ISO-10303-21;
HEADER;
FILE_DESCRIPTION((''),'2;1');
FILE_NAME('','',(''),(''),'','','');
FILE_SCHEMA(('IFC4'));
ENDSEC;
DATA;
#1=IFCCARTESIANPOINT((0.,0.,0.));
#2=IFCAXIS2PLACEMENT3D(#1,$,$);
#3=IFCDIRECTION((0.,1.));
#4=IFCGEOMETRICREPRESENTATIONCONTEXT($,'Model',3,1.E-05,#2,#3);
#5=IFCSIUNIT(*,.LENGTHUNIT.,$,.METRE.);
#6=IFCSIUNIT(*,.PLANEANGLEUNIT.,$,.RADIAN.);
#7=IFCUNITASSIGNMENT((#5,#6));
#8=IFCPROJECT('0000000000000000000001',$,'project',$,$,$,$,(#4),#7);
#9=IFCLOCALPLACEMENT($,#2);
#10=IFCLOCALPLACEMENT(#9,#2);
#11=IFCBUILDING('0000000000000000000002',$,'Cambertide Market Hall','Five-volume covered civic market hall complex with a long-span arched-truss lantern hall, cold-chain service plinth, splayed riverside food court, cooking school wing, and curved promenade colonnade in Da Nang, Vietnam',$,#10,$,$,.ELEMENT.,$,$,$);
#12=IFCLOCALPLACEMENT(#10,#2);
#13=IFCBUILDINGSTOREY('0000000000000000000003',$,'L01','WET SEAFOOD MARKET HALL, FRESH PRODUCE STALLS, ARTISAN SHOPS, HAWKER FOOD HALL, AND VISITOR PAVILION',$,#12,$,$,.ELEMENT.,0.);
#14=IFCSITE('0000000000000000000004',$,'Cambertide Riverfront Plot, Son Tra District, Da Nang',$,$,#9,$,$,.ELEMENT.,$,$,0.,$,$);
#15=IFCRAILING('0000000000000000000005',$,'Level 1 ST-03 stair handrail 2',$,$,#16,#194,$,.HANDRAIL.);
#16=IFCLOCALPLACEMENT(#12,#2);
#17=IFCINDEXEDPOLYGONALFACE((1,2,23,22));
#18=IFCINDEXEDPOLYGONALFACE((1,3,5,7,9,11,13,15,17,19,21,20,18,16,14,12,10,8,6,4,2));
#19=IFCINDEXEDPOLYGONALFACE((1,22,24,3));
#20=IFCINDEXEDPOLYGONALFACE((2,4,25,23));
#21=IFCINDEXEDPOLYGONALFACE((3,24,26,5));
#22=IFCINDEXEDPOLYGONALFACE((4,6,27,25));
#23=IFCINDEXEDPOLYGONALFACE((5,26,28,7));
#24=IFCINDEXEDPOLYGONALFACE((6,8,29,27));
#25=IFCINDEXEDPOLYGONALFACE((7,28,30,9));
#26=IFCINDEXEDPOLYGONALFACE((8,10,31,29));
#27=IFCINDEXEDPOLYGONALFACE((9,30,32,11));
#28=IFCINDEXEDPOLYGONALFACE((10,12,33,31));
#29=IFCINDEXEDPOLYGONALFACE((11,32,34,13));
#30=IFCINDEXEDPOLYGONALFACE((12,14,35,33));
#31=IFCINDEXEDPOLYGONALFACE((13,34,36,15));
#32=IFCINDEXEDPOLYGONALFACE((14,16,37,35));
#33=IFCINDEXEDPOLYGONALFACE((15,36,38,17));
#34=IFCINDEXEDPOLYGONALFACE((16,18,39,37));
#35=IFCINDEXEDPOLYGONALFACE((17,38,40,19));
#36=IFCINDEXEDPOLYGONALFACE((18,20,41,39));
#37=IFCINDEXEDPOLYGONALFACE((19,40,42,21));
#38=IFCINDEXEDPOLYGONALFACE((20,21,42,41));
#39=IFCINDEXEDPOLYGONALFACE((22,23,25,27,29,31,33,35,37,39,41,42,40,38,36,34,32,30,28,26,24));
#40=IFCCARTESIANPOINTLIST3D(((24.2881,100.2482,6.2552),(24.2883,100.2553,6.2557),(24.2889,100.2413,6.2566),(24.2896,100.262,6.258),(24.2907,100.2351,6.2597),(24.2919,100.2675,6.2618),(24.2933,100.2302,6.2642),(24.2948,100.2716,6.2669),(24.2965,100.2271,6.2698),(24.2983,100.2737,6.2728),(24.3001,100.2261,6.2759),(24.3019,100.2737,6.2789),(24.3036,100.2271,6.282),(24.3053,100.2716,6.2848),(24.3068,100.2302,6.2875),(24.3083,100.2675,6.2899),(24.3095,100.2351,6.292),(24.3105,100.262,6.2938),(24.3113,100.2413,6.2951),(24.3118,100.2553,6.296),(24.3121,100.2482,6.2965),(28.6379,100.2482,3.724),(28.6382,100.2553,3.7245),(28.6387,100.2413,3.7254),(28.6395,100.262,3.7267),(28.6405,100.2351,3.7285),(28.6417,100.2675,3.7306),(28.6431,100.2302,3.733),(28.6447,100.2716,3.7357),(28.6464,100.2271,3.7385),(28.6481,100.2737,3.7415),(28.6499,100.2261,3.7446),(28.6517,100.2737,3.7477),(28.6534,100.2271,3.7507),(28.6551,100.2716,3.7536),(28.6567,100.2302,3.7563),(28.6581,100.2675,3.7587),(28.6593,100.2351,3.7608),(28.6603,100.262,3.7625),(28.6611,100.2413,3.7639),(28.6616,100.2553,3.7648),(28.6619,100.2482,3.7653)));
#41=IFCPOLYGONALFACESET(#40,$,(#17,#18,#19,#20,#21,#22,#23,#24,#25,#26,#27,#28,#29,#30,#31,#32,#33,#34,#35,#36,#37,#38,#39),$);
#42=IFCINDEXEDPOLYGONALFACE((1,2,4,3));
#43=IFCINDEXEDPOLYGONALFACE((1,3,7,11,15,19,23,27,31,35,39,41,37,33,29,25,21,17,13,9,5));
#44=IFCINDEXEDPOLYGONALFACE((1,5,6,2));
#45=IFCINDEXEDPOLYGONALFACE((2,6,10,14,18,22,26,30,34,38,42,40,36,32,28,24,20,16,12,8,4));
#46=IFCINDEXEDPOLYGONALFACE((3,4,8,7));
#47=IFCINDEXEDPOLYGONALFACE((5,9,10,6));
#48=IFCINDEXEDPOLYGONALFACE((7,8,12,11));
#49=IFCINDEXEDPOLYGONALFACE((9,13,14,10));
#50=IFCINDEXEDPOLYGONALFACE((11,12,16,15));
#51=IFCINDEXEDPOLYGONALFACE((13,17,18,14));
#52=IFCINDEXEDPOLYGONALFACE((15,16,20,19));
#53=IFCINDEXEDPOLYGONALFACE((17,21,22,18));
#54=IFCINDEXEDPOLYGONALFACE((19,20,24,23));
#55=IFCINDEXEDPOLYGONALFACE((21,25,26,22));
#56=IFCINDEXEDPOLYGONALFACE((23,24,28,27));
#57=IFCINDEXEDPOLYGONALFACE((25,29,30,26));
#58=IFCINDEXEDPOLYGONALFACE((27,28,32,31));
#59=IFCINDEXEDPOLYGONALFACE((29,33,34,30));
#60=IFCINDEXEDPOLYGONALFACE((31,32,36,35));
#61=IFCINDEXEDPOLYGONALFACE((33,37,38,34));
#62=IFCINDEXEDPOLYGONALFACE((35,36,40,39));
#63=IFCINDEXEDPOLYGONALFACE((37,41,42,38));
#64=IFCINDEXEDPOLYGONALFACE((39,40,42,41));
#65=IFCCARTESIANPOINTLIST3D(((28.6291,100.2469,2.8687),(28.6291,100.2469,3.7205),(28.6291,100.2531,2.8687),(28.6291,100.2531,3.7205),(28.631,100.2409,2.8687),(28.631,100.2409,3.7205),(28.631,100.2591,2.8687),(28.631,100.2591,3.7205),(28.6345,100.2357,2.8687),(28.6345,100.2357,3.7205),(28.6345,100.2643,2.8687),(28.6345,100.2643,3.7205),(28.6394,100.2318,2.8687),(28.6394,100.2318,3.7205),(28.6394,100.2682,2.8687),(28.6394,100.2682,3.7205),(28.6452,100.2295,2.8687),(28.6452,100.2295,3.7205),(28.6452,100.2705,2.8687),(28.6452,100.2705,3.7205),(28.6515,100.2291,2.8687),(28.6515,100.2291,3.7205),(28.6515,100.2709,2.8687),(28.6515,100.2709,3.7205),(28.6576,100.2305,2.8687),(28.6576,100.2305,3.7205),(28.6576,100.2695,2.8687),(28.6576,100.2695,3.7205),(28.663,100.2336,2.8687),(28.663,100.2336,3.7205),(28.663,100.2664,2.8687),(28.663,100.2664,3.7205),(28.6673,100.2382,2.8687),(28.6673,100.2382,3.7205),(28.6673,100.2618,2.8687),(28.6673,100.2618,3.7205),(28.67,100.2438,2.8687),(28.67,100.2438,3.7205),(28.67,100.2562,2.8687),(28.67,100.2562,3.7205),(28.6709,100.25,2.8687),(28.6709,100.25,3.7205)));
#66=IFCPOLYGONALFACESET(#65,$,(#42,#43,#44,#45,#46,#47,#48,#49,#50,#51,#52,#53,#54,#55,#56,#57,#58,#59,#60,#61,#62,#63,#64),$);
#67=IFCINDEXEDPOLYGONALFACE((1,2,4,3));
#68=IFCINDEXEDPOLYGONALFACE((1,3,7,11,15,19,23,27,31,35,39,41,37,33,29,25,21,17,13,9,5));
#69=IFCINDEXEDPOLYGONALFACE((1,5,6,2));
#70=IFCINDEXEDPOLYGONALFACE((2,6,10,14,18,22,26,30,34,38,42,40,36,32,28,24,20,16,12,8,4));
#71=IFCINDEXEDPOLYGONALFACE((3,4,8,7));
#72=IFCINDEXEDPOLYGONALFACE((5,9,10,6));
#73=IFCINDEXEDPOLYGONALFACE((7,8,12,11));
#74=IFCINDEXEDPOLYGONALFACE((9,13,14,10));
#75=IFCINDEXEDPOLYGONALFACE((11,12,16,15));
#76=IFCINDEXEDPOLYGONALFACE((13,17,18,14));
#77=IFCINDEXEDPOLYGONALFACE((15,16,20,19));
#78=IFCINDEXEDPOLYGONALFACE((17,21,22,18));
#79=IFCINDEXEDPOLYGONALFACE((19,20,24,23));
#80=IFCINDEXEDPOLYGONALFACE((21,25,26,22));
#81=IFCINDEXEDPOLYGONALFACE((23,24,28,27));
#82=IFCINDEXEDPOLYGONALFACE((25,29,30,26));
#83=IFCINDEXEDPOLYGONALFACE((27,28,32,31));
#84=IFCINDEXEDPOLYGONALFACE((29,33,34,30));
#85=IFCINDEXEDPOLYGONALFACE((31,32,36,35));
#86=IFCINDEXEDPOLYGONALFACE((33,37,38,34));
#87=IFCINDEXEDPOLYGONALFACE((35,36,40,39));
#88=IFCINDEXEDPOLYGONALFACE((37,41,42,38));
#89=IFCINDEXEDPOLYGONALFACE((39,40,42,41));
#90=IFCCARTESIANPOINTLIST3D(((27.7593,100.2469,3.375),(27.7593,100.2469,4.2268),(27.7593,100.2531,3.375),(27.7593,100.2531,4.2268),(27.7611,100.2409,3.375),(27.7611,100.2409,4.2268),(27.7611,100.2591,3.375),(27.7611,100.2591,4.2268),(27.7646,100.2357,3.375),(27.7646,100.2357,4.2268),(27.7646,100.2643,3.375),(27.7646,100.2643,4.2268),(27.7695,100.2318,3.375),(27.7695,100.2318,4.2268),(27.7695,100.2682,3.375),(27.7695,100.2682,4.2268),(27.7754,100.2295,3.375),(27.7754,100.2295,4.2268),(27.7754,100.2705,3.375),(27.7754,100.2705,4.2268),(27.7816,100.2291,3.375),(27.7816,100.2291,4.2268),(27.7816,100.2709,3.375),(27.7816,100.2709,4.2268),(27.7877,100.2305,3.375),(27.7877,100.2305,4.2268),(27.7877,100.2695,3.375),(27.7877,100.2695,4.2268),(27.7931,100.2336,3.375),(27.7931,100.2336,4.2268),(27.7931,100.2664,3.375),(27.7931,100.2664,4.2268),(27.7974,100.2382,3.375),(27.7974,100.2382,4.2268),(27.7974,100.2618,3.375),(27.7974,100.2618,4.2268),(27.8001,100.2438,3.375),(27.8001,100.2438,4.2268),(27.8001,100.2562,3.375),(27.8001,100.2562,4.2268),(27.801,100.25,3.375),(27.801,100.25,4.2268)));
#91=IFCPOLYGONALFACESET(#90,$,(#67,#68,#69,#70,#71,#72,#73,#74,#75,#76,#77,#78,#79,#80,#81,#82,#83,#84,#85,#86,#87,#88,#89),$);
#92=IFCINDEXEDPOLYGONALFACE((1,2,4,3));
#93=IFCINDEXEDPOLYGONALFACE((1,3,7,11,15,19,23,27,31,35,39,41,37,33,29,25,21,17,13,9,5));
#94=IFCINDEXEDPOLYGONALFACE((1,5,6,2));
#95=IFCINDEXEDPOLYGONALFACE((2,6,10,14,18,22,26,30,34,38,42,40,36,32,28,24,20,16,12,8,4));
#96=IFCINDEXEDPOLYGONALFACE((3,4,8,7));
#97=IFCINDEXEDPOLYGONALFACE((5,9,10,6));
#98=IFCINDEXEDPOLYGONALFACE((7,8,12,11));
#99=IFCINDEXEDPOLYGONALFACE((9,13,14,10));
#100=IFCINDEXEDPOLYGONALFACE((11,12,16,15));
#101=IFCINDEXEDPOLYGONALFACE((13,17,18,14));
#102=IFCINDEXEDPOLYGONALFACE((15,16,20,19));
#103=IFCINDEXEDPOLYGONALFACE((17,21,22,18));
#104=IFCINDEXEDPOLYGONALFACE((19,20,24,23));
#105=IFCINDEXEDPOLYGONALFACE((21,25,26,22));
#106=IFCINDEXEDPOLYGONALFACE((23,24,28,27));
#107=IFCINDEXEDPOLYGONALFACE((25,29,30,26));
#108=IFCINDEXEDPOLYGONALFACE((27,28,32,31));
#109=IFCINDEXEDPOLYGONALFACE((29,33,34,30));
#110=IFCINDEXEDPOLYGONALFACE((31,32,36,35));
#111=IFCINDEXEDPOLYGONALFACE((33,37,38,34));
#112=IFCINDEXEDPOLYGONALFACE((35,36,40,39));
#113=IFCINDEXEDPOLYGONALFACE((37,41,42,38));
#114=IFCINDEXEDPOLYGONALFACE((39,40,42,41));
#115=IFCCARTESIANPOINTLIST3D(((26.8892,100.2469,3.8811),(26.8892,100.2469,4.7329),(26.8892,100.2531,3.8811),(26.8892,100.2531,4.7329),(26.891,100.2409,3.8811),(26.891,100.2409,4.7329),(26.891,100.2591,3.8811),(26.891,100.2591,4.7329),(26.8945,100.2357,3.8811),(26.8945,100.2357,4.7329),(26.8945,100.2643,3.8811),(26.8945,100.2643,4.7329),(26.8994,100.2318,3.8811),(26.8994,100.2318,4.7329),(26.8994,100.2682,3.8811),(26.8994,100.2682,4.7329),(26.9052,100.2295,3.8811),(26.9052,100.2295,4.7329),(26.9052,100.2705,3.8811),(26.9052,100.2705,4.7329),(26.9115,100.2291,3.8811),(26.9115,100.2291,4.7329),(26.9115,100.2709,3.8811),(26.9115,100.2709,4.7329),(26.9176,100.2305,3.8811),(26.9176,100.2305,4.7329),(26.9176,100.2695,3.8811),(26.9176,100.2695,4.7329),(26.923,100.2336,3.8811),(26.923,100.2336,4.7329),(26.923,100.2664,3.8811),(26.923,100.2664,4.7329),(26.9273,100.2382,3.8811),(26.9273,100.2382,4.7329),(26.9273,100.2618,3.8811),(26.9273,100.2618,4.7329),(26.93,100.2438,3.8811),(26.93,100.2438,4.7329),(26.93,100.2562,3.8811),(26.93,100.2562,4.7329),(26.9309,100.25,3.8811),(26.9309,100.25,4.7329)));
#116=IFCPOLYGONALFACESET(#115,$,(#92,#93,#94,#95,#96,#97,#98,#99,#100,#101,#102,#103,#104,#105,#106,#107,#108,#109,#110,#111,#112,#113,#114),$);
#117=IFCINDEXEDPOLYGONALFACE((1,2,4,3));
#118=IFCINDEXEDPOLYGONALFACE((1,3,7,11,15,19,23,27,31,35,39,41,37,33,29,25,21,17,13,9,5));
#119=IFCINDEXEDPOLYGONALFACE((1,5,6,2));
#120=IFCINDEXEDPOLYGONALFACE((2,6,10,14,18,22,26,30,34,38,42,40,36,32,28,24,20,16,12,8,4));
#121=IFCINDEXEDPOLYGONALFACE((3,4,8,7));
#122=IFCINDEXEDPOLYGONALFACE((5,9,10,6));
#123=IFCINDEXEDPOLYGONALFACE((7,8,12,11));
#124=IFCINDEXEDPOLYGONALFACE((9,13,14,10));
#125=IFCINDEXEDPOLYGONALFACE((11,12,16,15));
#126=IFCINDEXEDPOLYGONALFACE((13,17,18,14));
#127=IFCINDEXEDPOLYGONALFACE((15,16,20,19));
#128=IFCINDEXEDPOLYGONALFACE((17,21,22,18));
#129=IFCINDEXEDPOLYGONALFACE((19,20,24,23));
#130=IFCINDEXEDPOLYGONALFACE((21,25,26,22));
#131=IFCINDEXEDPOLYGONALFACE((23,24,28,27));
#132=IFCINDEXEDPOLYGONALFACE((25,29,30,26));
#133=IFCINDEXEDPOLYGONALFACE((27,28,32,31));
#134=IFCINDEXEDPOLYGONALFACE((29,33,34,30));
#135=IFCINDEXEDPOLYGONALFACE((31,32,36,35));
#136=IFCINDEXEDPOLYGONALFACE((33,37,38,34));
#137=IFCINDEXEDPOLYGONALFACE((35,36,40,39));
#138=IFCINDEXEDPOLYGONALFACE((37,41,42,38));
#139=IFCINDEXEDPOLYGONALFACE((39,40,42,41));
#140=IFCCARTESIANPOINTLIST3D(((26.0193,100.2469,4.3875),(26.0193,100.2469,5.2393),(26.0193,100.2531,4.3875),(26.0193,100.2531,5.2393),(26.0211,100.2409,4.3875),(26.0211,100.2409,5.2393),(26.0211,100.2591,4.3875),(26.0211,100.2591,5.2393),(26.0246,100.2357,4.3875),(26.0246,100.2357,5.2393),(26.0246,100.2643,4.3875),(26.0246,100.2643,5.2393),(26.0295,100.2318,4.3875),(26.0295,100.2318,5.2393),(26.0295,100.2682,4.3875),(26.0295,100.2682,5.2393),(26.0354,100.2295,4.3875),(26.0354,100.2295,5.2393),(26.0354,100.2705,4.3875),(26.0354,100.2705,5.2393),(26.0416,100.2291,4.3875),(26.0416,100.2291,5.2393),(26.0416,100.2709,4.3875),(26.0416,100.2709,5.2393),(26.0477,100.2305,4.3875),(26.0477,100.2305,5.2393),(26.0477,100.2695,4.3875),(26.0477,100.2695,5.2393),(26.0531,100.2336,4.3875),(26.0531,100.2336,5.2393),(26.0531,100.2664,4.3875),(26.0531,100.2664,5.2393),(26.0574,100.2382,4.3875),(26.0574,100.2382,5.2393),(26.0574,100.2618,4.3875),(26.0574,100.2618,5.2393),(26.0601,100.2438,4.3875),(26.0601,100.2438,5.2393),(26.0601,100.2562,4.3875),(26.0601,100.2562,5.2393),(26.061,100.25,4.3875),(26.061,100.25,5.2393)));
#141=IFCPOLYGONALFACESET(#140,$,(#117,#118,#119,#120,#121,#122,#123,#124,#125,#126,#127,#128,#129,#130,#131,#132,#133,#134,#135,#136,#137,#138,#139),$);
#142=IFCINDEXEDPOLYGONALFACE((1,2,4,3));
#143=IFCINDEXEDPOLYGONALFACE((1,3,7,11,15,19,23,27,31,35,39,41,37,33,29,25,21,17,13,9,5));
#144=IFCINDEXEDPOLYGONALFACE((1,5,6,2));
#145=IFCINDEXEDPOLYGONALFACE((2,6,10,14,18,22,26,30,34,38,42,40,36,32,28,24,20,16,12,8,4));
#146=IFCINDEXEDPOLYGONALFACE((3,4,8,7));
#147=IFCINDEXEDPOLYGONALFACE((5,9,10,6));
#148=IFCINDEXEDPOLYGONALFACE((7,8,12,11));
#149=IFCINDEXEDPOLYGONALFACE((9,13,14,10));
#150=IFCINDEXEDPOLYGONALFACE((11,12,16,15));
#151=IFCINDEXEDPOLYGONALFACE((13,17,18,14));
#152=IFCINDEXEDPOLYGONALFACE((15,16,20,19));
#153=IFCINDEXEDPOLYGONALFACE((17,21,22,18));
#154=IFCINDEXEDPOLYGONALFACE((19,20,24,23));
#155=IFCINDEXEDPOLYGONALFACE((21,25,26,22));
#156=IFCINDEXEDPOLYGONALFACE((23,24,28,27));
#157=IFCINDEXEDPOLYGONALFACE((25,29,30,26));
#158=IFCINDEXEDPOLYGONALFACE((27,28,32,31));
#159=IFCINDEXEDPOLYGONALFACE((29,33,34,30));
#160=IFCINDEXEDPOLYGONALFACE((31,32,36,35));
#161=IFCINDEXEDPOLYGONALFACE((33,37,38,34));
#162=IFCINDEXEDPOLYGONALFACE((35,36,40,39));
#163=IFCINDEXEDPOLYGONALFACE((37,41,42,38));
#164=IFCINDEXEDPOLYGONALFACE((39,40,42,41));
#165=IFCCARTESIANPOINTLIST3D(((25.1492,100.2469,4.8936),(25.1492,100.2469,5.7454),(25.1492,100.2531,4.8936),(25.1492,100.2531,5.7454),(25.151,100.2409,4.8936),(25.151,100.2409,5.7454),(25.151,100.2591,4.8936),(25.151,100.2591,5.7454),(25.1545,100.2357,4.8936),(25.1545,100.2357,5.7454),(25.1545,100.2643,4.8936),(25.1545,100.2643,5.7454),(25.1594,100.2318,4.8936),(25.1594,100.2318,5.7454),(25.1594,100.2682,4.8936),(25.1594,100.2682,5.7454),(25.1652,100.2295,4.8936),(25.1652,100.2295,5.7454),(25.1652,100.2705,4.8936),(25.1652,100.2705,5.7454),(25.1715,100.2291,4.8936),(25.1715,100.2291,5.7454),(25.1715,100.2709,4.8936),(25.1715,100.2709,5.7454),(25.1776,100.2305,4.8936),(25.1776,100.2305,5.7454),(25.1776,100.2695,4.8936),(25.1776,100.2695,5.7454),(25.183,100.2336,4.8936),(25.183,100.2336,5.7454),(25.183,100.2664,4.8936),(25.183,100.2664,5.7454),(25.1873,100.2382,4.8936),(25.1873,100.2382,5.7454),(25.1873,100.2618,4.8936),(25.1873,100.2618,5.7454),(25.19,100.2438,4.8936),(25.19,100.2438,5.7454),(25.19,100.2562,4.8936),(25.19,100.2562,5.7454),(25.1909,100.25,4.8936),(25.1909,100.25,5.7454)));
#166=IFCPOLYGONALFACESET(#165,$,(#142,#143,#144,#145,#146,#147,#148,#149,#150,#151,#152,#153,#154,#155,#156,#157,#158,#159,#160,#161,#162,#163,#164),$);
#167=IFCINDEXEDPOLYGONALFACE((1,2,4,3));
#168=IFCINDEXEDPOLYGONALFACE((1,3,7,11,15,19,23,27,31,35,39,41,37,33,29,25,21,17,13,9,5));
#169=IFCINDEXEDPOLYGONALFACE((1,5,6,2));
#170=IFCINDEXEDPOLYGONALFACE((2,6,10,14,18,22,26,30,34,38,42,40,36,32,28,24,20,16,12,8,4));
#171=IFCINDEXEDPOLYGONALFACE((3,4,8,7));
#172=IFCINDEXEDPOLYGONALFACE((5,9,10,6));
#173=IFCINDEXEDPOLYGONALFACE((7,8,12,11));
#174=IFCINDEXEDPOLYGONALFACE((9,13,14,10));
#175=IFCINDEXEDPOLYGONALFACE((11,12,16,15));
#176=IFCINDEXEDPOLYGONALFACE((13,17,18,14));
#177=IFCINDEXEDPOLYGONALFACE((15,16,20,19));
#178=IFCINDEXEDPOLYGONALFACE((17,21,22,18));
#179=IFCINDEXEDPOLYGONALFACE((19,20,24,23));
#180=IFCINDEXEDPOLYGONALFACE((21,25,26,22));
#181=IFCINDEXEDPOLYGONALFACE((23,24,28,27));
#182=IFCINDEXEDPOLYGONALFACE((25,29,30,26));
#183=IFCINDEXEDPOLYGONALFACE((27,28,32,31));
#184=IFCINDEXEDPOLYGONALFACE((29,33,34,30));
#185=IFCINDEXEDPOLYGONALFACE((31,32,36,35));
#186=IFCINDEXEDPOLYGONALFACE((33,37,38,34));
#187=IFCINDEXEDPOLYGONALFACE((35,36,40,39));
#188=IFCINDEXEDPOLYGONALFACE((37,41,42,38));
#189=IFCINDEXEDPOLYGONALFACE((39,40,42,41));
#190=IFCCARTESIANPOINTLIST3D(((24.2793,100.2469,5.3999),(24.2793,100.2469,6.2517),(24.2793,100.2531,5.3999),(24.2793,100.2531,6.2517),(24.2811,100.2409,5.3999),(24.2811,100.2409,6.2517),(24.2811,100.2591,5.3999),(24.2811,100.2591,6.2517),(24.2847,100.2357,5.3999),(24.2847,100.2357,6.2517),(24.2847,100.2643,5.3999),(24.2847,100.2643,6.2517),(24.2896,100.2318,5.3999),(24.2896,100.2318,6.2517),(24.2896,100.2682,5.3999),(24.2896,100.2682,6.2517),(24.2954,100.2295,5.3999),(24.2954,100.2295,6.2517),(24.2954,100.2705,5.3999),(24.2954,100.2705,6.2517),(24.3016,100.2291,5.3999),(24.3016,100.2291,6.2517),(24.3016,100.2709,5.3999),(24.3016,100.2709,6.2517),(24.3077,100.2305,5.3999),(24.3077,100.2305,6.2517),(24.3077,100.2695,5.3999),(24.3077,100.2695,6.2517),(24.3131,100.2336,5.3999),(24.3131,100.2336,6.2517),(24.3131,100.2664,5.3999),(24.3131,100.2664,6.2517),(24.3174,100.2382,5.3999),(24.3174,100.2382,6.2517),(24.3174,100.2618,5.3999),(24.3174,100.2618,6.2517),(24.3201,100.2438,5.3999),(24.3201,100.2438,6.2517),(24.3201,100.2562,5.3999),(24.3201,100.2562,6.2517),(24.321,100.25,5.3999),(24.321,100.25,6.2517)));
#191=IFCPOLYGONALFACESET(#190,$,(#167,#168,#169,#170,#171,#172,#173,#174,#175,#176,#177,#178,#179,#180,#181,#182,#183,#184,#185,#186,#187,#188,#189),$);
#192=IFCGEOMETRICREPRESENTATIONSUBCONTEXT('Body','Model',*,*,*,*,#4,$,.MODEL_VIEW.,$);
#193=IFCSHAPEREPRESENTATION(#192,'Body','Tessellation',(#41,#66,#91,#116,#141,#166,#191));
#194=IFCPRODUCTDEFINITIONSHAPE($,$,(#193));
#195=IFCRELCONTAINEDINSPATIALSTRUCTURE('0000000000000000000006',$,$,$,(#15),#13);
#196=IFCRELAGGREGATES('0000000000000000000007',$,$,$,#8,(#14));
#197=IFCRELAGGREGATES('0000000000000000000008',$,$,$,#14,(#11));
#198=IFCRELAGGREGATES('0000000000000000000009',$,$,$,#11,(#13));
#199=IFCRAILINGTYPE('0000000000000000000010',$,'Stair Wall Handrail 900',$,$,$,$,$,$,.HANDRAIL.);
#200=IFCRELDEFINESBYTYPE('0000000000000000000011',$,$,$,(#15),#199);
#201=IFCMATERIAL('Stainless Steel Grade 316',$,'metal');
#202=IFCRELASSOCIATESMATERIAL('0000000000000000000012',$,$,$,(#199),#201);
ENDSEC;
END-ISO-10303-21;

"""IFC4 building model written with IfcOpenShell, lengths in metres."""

from ifc_helpers import new_model, si_unit, direction, frame, origin, origin_2d, place, context, subcontext, project, spatial, circle, extrude, material, type_object, element, save


model = new_model("IFC4")

# Units and contexts
model_context = context("Model", 3, precision=1e-05, world=origin(), true_north=direction((0.0, 1.0)))
body_context = subcontext(model_context, "Body", "Model", "MODEL_VIEW")
ifc_project = project(units=[si_unit("LENGTHUNIT", "METRE"), si_unit("PLANEANGLEUNIT", "RADIAN")], contexts=[model_context])

# Site, building, storey
site_placement = place(None, origin())
site = spatial("IfcSite", under=ifc_project, at=site_placement, Name="Cambertide Riverfront Plot, Son Tra District, Da Nang", CompositionType="ELEMENT", RefElevation=0.0)
building_placement = place(site_placement, origin())
building = spatial("IfcBuilding", under=site, at=building_placement, Name="Cambertide Market Hall", Description="Five-volume covered civic market hall complex with a long-span arched-truss lantern hall, cold-chain service plinth, splayed riverside food court, cooking school wing, and curved promenade colonnade in Da Nang, Vietnam", CompositionType="ELEMENT")
storey_placement = place(building_placement, origin())
storey = spatial("IfcBuildingStorey", under=building, at=storey_placement, Name="L01", Description="WET SEAFOOD MARKET HALL, FRESH PRODUCE STALLS, ARTISAN SHOPS, HAWKER FOOD HALL, AND VISITOR PAVILION", CompositionType="ELEMENT", Elevation=0.0)

# Railing
ifc_material_1 = material(Name="Stainless Steel Grade 316", Category="metal")
railing_type_1 = type_object("IfcRailingType", Name="Stair Wall Handrail 900", PredefinedType="HANDRAIL", material=ifc_material_1)
railing_1_placement = place(storey_placement, frame((28.6499, 100.25, 2.8687)))
element("IfcRailing", 1, at=railing_1_placement, inside=storey, type_object=railing_type_1, Name="Level 1 ST-03 stair handrail 2", PredefinedType="HANDRAIL", context=body_context, shape_type="SweptSolid", body=[
    extrude(circle(Radius=0.0239, at=origin_2d()), frame((0.0, 0.0, 0.876), z_axis=(-0.864312, 0.0, 0.502957), x_axis=(0.0, -1.0, 0.0)), (0.0, 0.0, 1.0), 5.0327),
    extrude(circle(Radius=0.021, at=origin_2d()), origin(), (0.0, 0.0, 1.0), 0.8518),
    extrude(circle(Radius=0.021, at=origin_2d()), frame((-0.8699, 0.0, 0.5063)), (0.0, 0.0, 1.0), 0.8518),
    extrude(circle(Radius=0.021, at=origin_2d()), frame((-1.74, 0.0, 1.0125)), (0.0, 0.0, 1.0), 0.8518),
    extrude(circle(Radius=0.021, at=origin_2d()), frame((-2.6099, 0.0, 1.5188)), (0.0, 0.0, 1.0), 0.8518),
    extrude(circle(Radius=0.021, at=origin_2d()), frame((-3.48, 0.0, 2.0249)), (0.0, 0.0, 1.0), 0.8518),
    extrude(circle(Radius=0.021, at=origin_2d()), frame((-4.3499, 0.0, 2.5312)), (0.0, 0.0, 1.0), 0.8518),
])

save(model, "model.ifc")
